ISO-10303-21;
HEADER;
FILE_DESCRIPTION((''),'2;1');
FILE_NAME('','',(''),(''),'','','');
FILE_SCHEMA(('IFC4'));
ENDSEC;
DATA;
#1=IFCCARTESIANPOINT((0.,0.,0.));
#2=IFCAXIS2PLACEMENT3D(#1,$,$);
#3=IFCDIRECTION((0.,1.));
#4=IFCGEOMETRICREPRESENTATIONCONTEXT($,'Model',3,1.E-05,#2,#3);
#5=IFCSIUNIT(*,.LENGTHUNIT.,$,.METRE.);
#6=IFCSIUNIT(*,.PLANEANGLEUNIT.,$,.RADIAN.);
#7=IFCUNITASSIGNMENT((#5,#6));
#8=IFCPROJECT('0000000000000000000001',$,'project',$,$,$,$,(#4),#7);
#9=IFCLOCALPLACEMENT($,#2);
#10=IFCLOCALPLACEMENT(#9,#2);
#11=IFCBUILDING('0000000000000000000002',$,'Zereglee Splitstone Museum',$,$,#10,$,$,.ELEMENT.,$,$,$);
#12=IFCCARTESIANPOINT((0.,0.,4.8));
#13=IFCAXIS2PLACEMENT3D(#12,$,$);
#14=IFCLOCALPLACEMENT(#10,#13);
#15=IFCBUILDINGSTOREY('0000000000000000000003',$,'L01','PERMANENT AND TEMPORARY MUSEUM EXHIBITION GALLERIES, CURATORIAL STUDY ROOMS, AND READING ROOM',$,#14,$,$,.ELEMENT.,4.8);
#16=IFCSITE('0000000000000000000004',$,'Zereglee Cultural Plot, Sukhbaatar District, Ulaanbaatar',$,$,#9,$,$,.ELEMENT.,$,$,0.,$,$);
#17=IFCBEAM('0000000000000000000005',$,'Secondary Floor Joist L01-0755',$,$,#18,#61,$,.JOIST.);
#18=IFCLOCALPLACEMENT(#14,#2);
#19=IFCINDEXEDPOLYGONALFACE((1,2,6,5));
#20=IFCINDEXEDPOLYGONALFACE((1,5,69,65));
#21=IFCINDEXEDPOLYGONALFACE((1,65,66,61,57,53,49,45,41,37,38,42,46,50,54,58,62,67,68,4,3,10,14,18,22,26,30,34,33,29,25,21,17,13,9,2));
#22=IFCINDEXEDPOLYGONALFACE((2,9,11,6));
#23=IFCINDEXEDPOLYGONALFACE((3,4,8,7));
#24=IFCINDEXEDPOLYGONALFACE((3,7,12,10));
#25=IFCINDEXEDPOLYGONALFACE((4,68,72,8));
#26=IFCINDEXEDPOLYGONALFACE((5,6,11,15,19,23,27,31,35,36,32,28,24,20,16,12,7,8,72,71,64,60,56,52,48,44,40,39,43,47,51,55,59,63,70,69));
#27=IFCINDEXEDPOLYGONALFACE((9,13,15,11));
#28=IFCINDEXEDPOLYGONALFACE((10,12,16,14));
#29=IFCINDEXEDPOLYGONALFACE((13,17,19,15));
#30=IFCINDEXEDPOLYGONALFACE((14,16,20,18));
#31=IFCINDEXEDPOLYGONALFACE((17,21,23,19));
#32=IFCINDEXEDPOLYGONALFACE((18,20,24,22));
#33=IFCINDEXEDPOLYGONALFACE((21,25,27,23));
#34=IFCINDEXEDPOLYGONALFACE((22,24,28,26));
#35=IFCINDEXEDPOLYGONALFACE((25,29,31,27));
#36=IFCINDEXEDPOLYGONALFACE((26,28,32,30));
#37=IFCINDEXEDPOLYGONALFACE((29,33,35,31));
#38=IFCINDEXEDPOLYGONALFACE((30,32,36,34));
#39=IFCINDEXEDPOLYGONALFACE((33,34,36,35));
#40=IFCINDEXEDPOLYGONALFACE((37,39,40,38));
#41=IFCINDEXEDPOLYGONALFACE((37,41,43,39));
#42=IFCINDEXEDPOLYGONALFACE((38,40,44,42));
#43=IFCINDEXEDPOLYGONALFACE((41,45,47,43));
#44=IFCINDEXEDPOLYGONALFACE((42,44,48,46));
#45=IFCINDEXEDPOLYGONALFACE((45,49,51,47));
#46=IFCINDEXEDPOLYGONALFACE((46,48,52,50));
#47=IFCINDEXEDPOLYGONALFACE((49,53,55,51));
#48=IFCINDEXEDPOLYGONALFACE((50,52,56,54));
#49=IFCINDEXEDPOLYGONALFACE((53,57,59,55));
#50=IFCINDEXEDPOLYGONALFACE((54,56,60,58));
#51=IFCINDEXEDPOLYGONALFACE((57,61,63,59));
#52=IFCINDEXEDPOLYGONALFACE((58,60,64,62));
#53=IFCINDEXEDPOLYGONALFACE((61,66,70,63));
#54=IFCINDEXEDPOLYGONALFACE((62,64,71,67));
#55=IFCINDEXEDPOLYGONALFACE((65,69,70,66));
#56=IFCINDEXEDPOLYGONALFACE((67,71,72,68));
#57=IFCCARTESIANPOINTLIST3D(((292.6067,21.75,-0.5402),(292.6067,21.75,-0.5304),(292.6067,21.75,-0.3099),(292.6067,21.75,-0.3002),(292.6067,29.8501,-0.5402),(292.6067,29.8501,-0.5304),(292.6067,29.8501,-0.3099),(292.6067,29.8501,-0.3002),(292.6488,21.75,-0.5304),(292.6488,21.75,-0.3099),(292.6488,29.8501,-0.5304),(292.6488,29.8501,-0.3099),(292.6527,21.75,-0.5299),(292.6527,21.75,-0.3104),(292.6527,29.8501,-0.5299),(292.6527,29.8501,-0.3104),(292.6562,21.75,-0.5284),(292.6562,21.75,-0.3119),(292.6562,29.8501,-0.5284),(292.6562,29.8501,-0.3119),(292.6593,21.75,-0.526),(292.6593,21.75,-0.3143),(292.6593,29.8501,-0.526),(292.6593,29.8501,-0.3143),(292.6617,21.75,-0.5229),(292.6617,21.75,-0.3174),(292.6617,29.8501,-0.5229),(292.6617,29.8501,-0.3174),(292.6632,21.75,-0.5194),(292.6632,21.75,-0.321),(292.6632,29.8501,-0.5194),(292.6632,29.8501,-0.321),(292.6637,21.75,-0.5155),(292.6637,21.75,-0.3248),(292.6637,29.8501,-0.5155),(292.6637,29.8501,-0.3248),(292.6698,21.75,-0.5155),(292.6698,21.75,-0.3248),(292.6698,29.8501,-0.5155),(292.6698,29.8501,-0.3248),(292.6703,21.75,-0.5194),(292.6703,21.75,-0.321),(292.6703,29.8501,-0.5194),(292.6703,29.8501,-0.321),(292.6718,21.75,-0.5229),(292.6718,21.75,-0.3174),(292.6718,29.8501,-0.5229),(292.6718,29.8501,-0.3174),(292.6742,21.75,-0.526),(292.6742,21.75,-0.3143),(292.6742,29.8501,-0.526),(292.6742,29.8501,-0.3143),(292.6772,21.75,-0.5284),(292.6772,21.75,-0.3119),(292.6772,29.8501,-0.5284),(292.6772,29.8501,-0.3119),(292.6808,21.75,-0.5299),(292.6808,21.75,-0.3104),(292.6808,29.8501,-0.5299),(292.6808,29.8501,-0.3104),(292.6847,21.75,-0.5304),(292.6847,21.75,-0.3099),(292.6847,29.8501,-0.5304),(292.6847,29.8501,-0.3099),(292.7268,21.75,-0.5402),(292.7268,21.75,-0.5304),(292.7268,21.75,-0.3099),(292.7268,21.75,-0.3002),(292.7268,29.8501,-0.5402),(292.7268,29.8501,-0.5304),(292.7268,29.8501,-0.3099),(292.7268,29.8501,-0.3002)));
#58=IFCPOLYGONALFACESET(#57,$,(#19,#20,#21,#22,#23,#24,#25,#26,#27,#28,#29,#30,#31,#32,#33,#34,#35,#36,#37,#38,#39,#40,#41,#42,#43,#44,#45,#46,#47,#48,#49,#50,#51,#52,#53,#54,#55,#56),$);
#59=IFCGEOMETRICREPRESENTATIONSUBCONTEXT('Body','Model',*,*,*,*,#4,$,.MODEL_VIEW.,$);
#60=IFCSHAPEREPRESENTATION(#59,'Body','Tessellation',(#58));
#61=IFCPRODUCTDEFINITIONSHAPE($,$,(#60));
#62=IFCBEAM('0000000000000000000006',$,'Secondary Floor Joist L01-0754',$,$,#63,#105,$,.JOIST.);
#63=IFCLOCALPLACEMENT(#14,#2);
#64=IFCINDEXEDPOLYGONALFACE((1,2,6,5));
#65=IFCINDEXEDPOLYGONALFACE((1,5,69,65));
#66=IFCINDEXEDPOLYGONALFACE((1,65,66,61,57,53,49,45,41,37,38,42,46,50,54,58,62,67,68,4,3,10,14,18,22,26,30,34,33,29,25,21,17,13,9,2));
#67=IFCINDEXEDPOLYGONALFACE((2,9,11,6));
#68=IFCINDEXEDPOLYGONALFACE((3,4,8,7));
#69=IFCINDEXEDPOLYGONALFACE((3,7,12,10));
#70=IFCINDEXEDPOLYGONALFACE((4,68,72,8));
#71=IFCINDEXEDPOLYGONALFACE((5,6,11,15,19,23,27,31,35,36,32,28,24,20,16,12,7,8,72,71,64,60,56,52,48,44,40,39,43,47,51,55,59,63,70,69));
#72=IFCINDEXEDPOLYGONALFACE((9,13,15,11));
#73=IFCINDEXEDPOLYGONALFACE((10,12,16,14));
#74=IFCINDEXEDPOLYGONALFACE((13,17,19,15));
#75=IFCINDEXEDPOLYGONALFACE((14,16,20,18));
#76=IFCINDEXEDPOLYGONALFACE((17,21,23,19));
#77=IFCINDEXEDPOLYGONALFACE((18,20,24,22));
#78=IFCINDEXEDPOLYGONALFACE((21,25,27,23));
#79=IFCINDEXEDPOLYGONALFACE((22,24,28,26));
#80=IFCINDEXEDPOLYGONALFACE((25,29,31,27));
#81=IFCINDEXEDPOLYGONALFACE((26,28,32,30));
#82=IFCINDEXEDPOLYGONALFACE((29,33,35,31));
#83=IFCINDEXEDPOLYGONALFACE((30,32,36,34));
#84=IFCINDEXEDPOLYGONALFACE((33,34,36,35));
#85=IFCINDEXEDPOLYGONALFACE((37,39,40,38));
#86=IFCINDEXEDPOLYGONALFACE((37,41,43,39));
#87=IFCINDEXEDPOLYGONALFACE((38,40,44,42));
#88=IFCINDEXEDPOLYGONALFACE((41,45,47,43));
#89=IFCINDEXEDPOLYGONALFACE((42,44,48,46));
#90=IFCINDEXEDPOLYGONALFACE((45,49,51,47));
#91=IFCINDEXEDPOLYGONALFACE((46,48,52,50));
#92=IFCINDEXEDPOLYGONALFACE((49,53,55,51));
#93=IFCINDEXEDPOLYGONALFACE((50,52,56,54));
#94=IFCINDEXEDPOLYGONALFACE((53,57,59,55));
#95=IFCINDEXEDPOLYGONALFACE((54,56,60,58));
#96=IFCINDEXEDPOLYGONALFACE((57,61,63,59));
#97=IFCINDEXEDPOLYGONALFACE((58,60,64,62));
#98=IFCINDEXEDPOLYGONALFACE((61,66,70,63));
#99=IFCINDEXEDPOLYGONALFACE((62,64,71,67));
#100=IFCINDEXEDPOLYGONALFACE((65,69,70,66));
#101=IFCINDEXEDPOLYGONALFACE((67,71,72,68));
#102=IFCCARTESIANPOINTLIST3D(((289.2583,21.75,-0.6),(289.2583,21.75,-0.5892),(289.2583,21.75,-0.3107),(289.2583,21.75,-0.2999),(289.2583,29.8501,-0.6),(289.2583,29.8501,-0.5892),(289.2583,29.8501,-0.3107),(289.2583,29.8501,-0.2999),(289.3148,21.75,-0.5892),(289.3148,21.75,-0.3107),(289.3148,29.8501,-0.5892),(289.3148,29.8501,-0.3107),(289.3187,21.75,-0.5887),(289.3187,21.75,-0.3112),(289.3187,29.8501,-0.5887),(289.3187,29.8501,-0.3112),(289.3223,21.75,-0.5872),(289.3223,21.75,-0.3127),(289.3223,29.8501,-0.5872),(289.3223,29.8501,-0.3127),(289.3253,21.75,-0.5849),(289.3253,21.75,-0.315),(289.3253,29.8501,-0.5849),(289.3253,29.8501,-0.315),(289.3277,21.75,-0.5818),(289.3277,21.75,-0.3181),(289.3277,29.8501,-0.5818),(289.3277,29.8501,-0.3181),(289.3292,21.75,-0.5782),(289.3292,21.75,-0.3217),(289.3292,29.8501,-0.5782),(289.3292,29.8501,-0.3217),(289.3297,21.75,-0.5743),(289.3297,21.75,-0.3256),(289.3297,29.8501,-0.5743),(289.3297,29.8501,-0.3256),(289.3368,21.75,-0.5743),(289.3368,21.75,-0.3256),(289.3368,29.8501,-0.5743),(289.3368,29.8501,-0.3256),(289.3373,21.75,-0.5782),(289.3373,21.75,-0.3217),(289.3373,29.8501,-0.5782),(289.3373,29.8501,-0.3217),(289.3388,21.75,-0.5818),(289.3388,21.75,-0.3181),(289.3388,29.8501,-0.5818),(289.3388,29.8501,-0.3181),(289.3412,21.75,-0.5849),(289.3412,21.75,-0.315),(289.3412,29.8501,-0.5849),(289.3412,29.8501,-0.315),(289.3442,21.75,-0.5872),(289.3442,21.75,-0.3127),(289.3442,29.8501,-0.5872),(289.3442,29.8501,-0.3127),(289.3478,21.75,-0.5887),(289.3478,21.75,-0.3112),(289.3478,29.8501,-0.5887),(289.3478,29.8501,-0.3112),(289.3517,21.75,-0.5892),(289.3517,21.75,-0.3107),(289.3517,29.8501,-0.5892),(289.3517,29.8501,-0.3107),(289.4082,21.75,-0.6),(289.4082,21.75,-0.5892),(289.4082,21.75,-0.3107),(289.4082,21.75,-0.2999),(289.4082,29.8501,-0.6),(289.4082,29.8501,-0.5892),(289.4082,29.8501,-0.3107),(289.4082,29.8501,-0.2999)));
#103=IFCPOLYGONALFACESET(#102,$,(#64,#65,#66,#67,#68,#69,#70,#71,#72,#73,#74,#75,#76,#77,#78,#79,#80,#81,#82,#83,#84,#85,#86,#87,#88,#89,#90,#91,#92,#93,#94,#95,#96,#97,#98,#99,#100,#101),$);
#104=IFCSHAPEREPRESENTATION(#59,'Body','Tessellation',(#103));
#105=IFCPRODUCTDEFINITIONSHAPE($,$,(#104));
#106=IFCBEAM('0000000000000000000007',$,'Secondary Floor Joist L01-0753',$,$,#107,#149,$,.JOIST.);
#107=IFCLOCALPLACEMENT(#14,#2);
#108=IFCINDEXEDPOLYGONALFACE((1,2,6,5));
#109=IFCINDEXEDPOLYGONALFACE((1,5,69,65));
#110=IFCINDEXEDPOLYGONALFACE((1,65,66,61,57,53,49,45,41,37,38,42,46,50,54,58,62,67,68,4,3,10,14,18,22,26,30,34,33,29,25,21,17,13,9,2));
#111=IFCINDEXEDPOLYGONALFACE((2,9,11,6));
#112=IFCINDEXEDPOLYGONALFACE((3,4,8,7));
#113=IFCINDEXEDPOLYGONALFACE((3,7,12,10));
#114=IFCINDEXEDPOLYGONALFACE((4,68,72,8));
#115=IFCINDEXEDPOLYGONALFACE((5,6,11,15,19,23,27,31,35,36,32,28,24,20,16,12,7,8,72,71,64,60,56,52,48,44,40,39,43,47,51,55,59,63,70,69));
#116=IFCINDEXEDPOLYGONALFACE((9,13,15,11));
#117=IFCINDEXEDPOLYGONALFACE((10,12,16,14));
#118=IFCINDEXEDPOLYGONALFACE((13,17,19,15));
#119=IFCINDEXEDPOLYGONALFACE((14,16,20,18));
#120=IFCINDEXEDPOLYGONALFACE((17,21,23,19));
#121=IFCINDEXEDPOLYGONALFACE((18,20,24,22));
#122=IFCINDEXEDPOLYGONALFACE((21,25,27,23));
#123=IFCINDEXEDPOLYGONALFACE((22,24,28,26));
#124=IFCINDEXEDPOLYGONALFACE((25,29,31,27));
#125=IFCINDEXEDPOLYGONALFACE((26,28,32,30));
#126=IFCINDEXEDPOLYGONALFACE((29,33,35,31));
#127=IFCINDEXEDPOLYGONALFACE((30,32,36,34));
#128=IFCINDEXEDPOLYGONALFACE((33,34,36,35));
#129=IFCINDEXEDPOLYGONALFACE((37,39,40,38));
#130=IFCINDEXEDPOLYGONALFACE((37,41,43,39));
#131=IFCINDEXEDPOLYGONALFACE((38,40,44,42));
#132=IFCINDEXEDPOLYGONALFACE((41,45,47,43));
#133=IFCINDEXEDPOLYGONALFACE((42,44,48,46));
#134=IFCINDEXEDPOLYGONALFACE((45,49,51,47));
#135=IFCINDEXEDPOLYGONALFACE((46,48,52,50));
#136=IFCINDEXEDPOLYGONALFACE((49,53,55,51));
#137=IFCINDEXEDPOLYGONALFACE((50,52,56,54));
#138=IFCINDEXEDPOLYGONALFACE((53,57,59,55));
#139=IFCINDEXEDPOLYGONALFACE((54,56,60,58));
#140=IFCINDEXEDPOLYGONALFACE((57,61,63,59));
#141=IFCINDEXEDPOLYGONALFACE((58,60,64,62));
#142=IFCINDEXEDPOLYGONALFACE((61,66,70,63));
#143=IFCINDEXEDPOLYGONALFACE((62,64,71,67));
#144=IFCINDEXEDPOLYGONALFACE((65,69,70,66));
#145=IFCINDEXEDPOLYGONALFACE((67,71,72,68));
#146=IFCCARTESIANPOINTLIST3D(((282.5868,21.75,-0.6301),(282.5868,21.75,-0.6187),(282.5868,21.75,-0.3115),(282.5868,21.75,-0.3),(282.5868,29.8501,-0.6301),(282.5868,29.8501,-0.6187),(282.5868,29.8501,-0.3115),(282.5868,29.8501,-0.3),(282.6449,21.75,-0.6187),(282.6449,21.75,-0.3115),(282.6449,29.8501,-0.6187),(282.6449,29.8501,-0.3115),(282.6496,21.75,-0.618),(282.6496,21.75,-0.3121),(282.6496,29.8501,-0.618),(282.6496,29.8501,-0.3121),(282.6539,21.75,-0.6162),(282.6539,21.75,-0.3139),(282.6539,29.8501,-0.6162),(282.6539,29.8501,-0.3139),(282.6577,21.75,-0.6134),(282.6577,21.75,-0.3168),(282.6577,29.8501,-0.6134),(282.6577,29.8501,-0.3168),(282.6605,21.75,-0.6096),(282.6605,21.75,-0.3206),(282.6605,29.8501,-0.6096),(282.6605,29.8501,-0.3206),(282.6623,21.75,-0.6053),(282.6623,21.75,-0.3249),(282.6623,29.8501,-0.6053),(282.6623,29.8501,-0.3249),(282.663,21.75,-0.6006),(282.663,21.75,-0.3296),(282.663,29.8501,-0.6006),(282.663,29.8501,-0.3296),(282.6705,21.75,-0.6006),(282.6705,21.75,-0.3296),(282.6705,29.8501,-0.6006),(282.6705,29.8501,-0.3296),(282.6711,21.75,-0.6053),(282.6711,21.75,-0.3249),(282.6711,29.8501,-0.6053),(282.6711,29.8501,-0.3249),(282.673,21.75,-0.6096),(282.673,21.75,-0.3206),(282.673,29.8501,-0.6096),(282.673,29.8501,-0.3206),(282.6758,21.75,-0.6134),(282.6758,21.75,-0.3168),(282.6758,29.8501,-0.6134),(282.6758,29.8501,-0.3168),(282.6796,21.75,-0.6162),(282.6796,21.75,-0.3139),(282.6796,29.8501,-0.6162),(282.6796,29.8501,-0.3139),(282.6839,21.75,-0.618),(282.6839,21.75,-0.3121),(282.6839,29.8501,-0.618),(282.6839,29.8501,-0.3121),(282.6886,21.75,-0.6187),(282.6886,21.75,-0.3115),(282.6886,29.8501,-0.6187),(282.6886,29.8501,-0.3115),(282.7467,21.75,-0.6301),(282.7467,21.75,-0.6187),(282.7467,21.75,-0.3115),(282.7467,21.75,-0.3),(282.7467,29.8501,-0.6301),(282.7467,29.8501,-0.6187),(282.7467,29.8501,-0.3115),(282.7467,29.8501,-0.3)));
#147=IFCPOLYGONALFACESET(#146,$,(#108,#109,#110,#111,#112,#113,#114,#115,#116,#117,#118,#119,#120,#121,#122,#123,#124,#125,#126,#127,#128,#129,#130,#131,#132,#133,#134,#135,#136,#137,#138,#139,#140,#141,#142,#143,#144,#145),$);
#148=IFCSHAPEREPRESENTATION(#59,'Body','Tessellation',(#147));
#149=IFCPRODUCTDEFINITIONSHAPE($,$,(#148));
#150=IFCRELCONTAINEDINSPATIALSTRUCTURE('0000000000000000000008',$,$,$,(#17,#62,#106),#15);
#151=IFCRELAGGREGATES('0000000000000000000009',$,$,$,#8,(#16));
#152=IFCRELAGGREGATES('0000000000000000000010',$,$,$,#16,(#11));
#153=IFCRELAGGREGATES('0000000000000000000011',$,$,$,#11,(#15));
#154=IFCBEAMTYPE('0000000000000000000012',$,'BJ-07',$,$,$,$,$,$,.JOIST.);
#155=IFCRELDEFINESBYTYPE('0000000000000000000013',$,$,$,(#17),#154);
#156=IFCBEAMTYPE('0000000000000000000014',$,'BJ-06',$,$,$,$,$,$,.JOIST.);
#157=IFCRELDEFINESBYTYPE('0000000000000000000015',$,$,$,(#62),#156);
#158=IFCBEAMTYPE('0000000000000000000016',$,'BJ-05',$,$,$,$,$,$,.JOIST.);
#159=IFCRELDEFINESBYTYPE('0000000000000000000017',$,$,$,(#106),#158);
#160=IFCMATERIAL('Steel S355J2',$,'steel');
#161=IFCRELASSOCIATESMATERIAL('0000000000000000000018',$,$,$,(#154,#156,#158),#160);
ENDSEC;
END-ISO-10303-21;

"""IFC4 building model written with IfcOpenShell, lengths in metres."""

from ifc_helpers import new_model, si_unit, direction, frame, origin, origin_2d, place, context, subcontext, project, spatial, i_section, extrude, material, material_profile, profile_set, type_object, element, save


model = new_model("IFC4")

# Units and contexts
model_context = context("Model", 3, precision=1e-05, world=origin(), true_north=direction((0.0, 1.0)))
body_context = subcontext(model_context, "Body", "Model", "MODEL_VIEW")
ifc_project = project(units=[si_unit("LENGTHUNIT", "METRE"), si_unit("PLANEANGLEUNIT", "RADIAN")], contexts=[model_context])

# Site, building, storey
site_placement = place(None, origin())
site = spatial("IfcSite", under=ifc_project, at=site_placement, Name="Zereglee Cultural Plot, Sukhbaatar District, Ulaanbaatar", CompositionType="ELEMENT", RefElevation=0.0)
building_placement = place(site_placement, origin())
building = spatial("IfcBuilding", under=site, at=building_placement, Name="Zereglee Splitstone Museum", CompositionType="ELEMENT")
storey_placement = place(building_placement, frame((0.0, 0.0, 4.8)))
storey = spatial("IfcBuildingStorey", under=building, at=storey_placement, Name="L01", Description="PERMANENT AND TEMPORARY MUSEUM EXHIBITION GALLERIES, CURATORIAL STUDY ROOMS, AND READING ROOM", CompositionType="ELEMENT", Elevation=4.8)

# Shared definitions
ifc_material_1 = material(Name="Steel S355J2", Category="steel")

# Beams
ifc_material_profile_1 = material_profile(ifc_material_1, i_section(OverallWidth=0.1201, OverallDepth=0.24, WebThickness=0.0061, FlangeThickness=0.0098, FilletRadius=0.0149, at=origin_2d()), Name="IPE 240")
ifc_profile_set_1 = profile_set([ifc_material_profile_1], Name="Steel S355J2")
beam_type_1 = type_object("IfcBeamType", Name="BJ-07", PredefinedType="JOIST", material=ifc_profile_set_1)
beam_1_placement = place(storey_placement, frame((292.6667, 21.75, -0.4202), z_axis=(0.0, 1.0, 0.0), x_axis=(-1.0, 0.0, 0.0)))
element("IfcBeam", 1, at=beam_1_placement, inside=storey, type_object=beam_type_1, Name="Secondary Floor Joist L01-0755", PredefinedType="JOIST", context=body_context, shape_type="SweptSolid", body=[
    extrude(i_section(OverallWidth=0.1201, OverallDepth=0.24, WebThickness=0.0061, FlangeThickness=0.0098, FilletRadius=0.0149, at=origin_2d()), origin(), (0.0, 0.0, 1.0), 8.1001),
])
ifc_material_profile_2 = material_profile(ifc_material_1, i_section(OverallWidth=0.1499, OverallDepth=0.3, WebThickness=0.0071, FlangeThickness=0.0107, FilletRadius=0.0149, at=origin_2d()), Name="IPE 300")
ifc_profile_set_2 = profile_set([ifc_material_profile_2], Name="Steel S355J2")
beam_type_2 = type_object("IfcBeamType", Name="BJ-06", PredefinedType="JOIST", material=ifc_profile_set_2)
beam_2_placement = place(storey_placement, frame((289.3333, 21.75, -0.45), z_axis=(0.0, 1.0, 0.0), x_axis=(-1.0, 0.0, 0.0)))
element("IfcBeam", 2, at=beam_2_placement, inside=storey, type_object=beam_type_2, Name="Secondary Floor Joist L01-0754", PredefinedType="JOIST", context=body_context, shape_type="SweptSolid", body=[
    extrude(i_section(OverallWidth=0.1499, OverallDepth=0.3, WebThickness=0.0071, FlangeThickness=0.0107, FilletRadius=0.0149, at=origin_2d()), origin(), (0.0, 0.0, 1.0), 8.1001),
])
ifc_material_profile_3 = material_profile(ifc_material_1, i_section(OverallWidth=0.1599, OverallDepth=0.3301, WebThickness=0.0076, FlangeThickness=0.0115, FilletRadius=0.0181, at=origin_2d()), Name="IPE 330")
ifc_profile_set_3 = profile_set([ifc_material_profile_3], Name="Steel S355J2")
beam_type_3 = type_object("IfcBeamType", Name="BJ-05", PredefinedType="JOIST", material=ifc_profile_set_3)
beam_3_placement = place(storey_placement, frame((282.6667, 21.75, -0.4651), z_axis=(0.0, 1.0, 0.0), x_axis=(-1.0, 0.0, 0.0)))
element("IfcBeam", 3, at=beam_3_placement, inside=storey, type_object=beam_type_3, Name="Secondary Floor Joist L01-0753", PredefinedType="JOIST", context=body_context, shape_type="SweptSolid", body=[
    extrude(i_section(OverallWidth=0.1599, OverallDepth=0.3301, WebThickness=0.0076, FlangeThickness=0.0115, FilletRadius=0.0181, at=origin_2d()), origin(), (0.0, 0.0, 1.0), 8.1001),
])

save(model, "model.ifc")
